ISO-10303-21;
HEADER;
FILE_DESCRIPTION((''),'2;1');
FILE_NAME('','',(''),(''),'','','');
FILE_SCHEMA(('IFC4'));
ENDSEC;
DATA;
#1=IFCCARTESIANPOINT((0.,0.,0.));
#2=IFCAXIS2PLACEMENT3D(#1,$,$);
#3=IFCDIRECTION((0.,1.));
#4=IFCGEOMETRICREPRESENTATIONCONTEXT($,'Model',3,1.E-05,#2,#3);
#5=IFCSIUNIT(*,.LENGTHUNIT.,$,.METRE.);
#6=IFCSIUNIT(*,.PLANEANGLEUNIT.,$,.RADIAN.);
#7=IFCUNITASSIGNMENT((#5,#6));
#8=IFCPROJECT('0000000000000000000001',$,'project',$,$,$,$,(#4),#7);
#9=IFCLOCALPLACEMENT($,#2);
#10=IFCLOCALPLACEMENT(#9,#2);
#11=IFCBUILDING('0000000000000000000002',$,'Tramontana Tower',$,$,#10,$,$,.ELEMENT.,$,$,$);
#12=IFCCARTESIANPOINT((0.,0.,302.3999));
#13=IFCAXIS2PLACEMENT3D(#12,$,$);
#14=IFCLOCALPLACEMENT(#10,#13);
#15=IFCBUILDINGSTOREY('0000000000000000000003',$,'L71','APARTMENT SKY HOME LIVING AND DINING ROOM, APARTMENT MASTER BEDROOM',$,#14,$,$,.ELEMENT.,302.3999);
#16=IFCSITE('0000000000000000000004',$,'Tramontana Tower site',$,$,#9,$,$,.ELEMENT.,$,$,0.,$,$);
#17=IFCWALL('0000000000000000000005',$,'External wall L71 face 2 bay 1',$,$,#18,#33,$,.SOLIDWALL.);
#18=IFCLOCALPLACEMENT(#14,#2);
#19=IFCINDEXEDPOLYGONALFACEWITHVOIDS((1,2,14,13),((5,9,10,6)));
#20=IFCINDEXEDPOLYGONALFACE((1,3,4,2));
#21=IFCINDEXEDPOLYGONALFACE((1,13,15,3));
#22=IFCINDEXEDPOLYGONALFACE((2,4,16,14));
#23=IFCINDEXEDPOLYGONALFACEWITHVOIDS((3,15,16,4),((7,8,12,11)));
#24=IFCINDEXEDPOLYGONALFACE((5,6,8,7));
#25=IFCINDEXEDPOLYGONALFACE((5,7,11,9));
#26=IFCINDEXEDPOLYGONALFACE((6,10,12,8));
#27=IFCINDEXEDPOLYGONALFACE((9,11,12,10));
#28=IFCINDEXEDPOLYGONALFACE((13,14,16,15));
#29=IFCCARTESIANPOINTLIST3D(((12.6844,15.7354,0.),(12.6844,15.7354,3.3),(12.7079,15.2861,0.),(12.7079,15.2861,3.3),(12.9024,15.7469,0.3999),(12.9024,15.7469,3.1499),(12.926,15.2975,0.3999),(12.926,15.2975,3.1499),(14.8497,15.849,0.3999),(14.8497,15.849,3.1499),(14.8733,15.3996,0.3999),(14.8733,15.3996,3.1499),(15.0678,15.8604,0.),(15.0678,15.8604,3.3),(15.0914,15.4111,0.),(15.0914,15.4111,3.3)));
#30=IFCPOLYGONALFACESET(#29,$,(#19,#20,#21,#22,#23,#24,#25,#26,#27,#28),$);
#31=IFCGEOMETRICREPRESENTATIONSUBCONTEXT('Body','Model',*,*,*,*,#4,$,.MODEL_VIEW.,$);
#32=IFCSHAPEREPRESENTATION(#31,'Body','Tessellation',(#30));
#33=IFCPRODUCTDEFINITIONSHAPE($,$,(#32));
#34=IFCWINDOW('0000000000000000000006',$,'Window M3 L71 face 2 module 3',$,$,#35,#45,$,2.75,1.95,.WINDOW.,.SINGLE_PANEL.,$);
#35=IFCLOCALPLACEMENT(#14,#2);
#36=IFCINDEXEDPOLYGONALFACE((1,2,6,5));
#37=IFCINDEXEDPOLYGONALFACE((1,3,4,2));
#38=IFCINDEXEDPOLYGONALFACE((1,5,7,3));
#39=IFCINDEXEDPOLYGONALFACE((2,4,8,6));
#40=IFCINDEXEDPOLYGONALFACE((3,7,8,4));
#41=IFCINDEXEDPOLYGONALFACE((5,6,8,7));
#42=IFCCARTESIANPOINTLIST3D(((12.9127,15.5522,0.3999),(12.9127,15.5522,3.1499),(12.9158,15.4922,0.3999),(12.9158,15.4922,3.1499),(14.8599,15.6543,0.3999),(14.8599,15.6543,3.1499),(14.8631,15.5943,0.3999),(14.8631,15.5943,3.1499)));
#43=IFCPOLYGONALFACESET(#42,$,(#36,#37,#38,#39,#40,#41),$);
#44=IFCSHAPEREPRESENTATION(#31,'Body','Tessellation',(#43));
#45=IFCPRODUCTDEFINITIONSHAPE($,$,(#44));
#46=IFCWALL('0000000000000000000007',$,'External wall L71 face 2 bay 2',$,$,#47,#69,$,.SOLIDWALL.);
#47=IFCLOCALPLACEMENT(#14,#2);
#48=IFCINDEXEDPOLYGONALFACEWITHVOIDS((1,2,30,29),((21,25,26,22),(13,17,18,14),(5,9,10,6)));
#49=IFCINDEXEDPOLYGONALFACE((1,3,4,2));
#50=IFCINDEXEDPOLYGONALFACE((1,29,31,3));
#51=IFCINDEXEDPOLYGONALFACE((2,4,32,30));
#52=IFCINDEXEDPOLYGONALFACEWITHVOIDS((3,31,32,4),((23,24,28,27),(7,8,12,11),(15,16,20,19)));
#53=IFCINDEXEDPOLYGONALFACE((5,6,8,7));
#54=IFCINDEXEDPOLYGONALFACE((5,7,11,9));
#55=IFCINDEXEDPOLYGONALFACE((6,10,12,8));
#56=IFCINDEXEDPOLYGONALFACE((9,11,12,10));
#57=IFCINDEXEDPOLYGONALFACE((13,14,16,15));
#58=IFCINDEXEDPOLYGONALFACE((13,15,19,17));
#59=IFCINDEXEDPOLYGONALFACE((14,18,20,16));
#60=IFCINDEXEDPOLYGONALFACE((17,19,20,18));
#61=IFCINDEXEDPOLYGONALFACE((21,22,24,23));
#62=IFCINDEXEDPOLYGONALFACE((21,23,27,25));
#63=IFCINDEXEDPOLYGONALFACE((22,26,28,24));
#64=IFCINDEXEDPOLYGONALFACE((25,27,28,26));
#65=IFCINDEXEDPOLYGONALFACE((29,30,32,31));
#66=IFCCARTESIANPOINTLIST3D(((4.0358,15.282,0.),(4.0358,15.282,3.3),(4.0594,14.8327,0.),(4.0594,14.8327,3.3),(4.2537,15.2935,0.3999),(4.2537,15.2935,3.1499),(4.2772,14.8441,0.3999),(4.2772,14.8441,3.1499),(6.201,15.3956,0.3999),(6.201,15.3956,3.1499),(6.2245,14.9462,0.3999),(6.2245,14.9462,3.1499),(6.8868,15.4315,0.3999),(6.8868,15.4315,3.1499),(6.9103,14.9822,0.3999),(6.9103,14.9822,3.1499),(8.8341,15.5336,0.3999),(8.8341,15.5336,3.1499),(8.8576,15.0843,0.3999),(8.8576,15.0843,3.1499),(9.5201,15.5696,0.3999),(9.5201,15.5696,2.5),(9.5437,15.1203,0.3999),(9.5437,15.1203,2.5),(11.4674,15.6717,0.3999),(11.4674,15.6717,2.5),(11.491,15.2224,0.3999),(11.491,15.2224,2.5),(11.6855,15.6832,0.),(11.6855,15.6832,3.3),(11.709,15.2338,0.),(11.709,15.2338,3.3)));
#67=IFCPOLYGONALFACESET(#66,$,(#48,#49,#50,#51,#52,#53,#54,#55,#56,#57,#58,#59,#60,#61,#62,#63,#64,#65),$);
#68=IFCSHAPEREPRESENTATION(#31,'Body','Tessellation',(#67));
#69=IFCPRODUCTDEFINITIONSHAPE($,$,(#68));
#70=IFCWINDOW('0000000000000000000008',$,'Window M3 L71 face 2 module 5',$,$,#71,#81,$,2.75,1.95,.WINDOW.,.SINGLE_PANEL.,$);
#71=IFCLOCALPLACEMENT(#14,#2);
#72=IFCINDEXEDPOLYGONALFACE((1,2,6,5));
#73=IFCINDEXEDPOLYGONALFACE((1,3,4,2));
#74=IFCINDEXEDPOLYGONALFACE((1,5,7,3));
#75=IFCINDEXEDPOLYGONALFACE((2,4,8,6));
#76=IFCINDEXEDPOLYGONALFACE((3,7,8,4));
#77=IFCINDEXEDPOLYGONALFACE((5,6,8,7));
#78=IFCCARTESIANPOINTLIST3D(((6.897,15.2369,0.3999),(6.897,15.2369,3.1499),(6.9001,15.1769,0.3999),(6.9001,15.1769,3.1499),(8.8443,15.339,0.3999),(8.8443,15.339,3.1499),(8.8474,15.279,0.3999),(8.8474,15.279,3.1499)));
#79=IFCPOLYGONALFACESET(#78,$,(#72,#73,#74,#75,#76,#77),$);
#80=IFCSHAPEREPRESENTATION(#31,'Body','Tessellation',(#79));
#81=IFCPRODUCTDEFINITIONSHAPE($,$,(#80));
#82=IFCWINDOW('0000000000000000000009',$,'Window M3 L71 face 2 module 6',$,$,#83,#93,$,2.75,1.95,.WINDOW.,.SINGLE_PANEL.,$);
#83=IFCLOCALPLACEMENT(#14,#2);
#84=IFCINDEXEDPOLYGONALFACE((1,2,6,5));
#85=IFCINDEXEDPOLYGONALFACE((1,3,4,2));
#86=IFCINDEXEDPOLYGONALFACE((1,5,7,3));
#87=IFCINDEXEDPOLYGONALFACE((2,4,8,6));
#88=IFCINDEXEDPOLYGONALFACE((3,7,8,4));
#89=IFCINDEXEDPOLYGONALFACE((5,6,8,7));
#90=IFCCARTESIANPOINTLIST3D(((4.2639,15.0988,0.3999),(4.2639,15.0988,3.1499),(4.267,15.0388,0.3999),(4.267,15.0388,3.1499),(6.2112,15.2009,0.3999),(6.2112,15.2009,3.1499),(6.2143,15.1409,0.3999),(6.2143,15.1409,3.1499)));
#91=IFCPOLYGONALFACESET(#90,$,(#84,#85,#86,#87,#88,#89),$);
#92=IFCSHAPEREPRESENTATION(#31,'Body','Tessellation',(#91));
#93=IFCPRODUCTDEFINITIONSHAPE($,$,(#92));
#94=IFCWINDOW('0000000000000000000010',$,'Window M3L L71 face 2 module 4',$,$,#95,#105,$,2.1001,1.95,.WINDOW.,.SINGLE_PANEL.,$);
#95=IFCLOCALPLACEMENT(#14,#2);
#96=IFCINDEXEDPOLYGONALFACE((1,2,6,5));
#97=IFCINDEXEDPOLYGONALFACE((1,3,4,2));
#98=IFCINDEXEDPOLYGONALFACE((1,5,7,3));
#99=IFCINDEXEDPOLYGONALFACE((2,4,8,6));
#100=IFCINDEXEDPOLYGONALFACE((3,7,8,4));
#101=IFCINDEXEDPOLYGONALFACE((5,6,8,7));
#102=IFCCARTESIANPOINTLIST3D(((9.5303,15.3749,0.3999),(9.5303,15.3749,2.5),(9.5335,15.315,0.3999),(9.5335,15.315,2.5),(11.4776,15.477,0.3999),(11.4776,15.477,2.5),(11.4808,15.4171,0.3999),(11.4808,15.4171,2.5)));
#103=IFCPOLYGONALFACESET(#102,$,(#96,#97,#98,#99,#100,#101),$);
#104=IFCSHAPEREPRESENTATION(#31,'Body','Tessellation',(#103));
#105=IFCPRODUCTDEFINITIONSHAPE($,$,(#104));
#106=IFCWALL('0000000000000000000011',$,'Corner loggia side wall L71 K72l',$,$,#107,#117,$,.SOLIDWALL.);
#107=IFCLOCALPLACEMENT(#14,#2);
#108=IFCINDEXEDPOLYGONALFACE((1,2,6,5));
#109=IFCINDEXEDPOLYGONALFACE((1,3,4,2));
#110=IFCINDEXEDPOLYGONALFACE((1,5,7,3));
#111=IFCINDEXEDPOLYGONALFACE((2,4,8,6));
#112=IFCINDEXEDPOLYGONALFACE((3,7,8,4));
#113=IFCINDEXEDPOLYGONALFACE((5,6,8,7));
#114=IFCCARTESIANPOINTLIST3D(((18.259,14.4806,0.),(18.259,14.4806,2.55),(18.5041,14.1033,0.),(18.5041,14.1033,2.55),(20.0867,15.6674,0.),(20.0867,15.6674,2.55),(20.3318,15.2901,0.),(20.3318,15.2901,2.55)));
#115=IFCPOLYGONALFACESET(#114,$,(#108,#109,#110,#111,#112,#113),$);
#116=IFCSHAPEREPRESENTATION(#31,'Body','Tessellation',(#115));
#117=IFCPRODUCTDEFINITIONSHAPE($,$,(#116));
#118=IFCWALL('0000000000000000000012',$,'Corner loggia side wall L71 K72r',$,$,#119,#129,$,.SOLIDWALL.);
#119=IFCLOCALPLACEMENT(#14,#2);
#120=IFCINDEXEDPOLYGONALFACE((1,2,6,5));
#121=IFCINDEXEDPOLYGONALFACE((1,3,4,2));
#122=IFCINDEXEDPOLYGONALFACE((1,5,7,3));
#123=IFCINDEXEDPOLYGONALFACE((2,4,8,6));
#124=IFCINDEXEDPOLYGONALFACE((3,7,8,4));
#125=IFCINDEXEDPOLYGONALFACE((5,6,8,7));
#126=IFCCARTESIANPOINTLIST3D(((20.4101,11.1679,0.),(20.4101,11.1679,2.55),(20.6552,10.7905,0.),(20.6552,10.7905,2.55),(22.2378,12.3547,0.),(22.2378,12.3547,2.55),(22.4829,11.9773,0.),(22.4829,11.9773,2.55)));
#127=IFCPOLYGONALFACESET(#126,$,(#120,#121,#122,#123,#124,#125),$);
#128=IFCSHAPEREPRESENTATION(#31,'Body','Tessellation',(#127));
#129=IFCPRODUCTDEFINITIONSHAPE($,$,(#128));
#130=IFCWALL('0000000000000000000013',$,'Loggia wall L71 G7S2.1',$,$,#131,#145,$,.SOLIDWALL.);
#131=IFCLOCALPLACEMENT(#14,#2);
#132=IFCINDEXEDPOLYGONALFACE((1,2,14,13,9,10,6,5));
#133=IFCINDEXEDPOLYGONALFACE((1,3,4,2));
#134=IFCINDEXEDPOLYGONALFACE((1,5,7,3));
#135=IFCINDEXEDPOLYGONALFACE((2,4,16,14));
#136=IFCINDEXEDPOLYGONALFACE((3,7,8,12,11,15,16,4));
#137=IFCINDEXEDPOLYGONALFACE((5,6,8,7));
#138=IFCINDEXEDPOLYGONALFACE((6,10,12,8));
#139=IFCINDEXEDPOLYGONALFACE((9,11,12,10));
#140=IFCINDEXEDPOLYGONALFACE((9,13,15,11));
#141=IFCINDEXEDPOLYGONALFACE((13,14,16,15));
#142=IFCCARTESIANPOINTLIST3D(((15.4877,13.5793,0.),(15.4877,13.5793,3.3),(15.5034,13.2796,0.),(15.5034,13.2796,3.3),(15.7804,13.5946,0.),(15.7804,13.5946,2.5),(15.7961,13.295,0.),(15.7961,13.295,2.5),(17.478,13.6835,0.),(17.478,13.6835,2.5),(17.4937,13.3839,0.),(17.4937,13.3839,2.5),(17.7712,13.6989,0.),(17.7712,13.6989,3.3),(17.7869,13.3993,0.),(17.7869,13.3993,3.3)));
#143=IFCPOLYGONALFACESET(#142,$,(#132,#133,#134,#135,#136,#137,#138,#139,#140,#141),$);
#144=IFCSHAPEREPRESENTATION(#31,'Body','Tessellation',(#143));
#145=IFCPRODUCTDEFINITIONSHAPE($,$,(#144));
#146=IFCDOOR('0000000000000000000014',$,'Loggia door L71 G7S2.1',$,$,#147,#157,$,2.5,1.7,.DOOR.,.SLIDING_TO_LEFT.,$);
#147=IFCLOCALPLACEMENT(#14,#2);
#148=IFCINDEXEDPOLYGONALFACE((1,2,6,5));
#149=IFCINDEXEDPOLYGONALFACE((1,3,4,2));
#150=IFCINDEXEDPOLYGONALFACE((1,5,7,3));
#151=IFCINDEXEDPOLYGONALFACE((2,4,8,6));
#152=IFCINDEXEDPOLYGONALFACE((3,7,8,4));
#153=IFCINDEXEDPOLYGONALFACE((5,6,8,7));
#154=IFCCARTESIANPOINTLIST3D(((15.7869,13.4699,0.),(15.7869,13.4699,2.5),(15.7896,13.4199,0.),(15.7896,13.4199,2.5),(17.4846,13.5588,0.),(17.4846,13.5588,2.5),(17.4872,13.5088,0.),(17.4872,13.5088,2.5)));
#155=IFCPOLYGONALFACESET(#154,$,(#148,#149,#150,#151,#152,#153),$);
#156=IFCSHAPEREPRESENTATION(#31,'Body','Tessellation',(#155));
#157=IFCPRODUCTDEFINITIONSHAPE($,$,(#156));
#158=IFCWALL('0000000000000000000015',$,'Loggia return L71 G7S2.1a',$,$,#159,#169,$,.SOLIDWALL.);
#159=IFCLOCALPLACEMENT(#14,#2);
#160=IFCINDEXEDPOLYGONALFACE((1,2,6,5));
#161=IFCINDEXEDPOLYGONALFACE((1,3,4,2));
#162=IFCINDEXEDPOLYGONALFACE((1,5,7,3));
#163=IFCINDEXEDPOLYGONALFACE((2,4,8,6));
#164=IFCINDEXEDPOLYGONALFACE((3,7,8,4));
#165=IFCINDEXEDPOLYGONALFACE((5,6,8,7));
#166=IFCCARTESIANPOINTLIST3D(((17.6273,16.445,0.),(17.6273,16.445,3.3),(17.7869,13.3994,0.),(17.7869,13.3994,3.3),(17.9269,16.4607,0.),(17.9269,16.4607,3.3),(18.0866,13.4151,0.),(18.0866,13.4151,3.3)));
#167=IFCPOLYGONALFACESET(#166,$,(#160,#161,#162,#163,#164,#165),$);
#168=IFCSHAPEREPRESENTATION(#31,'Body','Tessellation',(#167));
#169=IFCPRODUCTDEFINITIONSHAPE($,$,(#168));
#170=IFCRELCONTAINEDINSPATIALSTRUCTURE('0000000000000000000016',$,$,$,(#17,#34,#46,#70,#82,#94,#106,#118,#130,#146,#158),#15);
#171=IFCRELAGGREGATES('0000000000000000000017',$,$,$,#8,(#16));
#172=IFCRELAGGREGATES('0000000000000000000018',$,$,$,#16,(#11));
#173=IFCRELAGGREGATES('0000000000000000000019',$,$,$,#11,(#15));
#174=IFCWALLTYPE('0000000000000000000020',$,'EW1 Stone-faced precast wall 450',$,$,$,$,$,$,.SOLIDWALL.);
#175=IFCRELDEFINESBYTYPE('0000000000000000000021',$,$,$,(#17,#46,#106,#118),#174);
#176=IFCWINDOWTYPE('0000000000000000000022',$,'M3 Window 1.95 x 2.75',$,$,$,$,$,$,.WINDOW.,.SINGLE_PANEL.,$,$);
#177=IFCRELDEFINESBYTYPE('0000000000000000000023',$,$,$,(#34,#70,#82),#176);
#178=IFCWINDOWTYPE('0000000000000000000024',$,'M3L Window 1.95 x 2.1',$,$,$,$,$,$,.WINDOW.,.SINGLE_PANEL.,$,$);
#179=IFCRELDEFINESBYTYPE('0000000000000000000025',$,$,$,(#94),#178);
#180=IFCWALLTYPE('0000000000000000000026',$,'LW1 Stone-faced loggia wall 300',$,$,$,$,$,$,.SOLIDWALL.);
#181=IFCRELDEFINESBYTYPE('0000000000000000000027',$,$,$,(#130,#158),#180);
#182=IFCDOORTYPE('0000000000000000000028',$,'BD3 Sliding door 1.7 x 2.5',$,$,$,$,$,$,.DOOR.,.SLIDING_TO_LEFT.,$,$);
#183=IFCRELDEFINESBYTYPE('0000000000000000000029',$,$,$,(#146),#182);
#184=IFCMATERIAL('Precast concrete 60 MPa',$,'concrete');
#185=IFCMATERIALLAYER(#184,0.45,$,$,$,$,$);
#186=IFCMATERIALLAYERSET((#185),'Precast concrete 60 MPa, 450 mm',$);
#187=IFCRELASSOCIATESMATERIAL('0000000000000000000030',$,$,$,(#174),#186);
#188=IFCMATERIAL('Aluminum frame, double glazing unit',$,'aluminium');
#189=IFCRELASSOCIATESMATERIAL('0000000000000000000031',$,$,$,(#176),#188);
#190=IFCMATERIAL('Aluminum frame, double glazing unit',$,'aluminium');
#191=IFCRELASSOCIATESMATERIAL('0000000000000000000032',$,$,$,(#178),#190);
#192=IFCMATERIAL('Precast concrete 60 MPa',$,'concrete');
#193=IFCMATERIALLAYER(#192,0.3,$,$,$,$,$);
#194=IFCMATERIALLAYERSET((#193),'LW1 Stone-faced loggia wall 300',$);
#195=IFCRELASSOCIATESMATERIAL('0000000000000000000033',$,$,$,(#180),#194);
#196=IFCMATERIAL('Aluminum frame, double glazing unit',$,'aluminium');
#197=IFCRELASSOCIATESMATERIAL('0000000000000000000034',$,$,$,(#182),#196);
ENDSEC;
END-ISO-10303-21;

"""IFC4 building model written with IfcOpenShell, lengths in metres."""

from ifc_helpers import new_model, si_unit, direction, frame, frame_2d, origin, place, context, subcontext, project, spatial, rectangle, extrude, material, layer, layer_set, type_object, element, fill, save


model = new_model("IFC4")

# Units and contexts
model_context = context("Model", 3, precision=1e-05, world=origin(), true_north=direction((0.0, 1.0)))
body_context = subcontext(model_context, "Body", "Model", "MODEL_VIEW")
ifc_project = project(units=[si_unit("LENGTHUNIT", "METRE"), si_unit("PLANEANGLEUNIT", "RADIAN")], contexts=[model_context])

# Site, building, storey
site_placement = place(None, origin())
site = spatial("IfcSite", under=ifc_project, at=site_placement, Name="Tramontana Tower site", CompositionType="ELEMENT", RefElevation=0.0)
building_placement = place(site_placement, origin())
building = spatial("IfcBuilding", under=site, at=building_placement, Name="Tramontana Tower", CompositionType="ELEMENT")
storey_placement = place(building_placement, frame((0.0, 0.0, 302.3999)))
storey = spatial("IfcBuildingStorey", under=building, at=storey_placement, Name="L71", Description="APARTMENT SKY HOME LIVING AND DINING ROOM, APARTMENT MASTER BEDROOM", CompositionType="ELEMENT", Elevation=302.3999)

# Wall, opening, window
ifc_material_1 = material(Name="Precast concrete 60 MPa", Category="concrete")
ifc_layer_1 = layer(ifc_material_1, 0.45)
ifc_layer_set_1 = layer_set([ifc_layer_1], Name="Precast concrete 60 MPa, 450 mm")
wall_type_1 = type_object("IfcWallType", Name="EW1 Stone-faced precast wall 450", PredefinedType="SOLIDWALL", material=ifc_layer_set_1)
wall_1_placement = place(storey_placement, frame((15.0796, 15.6357, 0.0), z_axis=(0.0, 0.0, 1.0), x_axis=(-0.998628, -0.052371, 0.0)))
wall_1 = element("IfcWall", 1, at=wall_1_placement, inside=storey, type_object=wall_type_1, Name="External wall L71 face 2 bay 1", PredefinedType="SOLIDWALL", context=body_context, shape_type="SweptSolid", body=[
    extrude(rectangle(XDim=2.3867, YDim=0.45, at=frame_2d((1.1934, 0.0))), origin(), (0.0, 0.0, 1.0), 3.3),
])
opening_1_placement = place(wall_1_placement, frame((0.2183, 0.0, 0.3999)))
opening_1 = element("IfcOpeningElement", 2, at=opening_1_placement, cuts=wall_1, PredefinedType="OPENING", context=body_context, shape_type="SweptSolid", body=[
    extrude(rectangle(XDim=1.95, YDim=2.75, at=frame_2d((0.9751, 1.375))), frame((0.0, 0.2349, 0.0), z_axis=(0.0, -1.0, 0.0), x_axis=(1.0, 0.0, 0.0)), (0.0, 0.0, 1.0), 0.47),
])
ifc_material_2 = material(Name="Aluminum frame, double glazing unit", Category="aluminium")
window_type_1 = type_object("IfcWindowType", Name="M3 Window 1.95 x 2.75", PartitioningType="SINGLE_PANEL", PredefinedType="WINDOW", material=ifc_material_2)
window_1_placement = place(opening_1_placement, origin())
window_1 = element("IfcWindow", 3, at=window_1_placement, inside=storey, type_object=window_type_1, Name="Window M3 L71 face 2 module 3", OverallHeight=2.75, OverallWidth=1.95, PartitioningType="SINGLE_PANEL", PredefinedType="WINDOW", context=body_context, shape_type="SweptSolid", body=[
    extrude(rectangle(XDim=1.95, YDim=2.75, at=frame_2d((0.9751, 1.375))), frame((0.0, 0.03, 0.0), z_axis=(0.0, -1.0, 0.0), x_axis=(1.0, 0.0, 0.0)), (0.0, 0.0, 1.0), 0.0601),
])
fill(opening_1, window_1)

# Wall, openings, windows
wall_2_placement = place(storey_placement, frame((11.6973, 15.4585, 0.0), z_axis=(0.0, 0.0, 1.0), x_axis=(-0.998628, -0.052365, 0.0)))
wall_2 = element("IfcWall", 4, at=wall_2_placement, inside=storey, type_object=wall_type_1, Name="External wall L71 face 2 bay 2", PredefinedType="SOLIDWALL", context=body_context, shape_type="SweptSolid", body=[
    extrude(rectangle(XDim=7.6602, YDim=0.45, at=frame_2d((3.8301, 0.0))), origin(), (0.0, 0.0, 1.0), 3.3),
])
opening_2_placement = place(wall_2_placement, frame((0.2183, 0.0, 0.3999)))
opening_2 = element("IfcOpeningElement", 5, at=opening_2_placement, cuts=wall_2, PredefinedType="OPENING", context=body_context, shape_type="SweptSolid", body=[
    extrude(rectangle(XDim=1.95, YDim=2.1001, at=frame_2d((0.9751, 1.05))), frame((0.0, 0.2349, 0.0), z_axis=(0.0, -1.0, 0.0), x_axis=(1.0, 0.0, 0.0)), (0.0, 0.0, 1.0), 0.47),
])
opening_3_placement = place(wall_2_placement, frame((2.8552, 0.0, 0.3999)))
opening_3 = element("IfcOpeningElement", 6, at=opening_3_placement, cuts=wall_2, PredefinedType="OPENING", context=body_context, shape_type="SweptSolid", body=[
    extrude(rectangle(XDim=1.95, YDim=2.75, at=frame_2d((0.9751, 1.375))), frame((0.0, 0.2349, 0.0), z_axis=(0.0, -1.0, 0.0), x_axis=(1.0, 0.0, 0.0)), (0.0, 0.0, 1.0), 0.47),
])
opening_4_placement = place(wall_2_placement, frame((5.4919, 0.0, 0.3999)))
opening_4 = element("IfcOpeningElement", 7, at=opening_4_placement, cuts=wall_2, PredefinedType="OPENING", context=body_context, shape_type="SweptSolid", body=[
    extrude(rectangle(XDim=1.95, YDim=2.75, at=frame_2d((0.9751, 1.375))), frame((0.0, 0.2349, 0.0), z_axis=(0.0, -1.0, 0.0), x_axis=(1.0, 0.0, 0.0)), (0.0, 0.0, 1.0), 0.47),
])
window_2_placement = place(opening_3_placement, origin())
window_2 = element("IfcWindow", 8, at=window_2_placement, inside=storey, type_object=window_type_1, Name="Window M3 L71 face 2 module 5", OverallHeight=2.75, OverallWidth=1.95, PartitioningType="SINGLE_PANEL", PredefinedType="WINDOW", context=body_context, shape_type="SweptSolid", body=[
    extrude(rectangle(XDim=1.95, YDim=2.75, at=frame_2d((0.9751, 1.375))), frame((0.0, 0.03, 0.0), z_axis=(0.0, -1.0, 0.0), x_axis=(1.0, 0.0, 0.0)), (0.0, 0.0, 1.0), 0.0601),
])
fill(opening_3, window_2)
window_3_placement = place(opening_4_placement, origin())
window_3 = element("IfcWindow", 9, at=window_3_placement, inside=storey, type_object=window_type_1, Name="Window M3 L71 face 2 module 6", OverallHeight=2.75, OverallWidth=1.95, PartitioningType="SINGLE_PANEL", PredefinedType="WINDOW", context=body_context, shape_type="SweptSolid", body=[
    extrude(rectangle(XDim=1.95, YDim=2.75, at=frame_2d((0.9751, 1.375))), frame((0.0, 0.03, 0.0), z_axis=(0.0, -1.0, 0.0), x_axis=(1.0, 0.0, 0.0)), (0.0, 0.0, 1.0), 0.0601),
])
fill(opening_4, window_3)
ifc_material_3 = material(Name="Aluminum frame, double glazing unit", Category="aluminium")
window_type_2 = type_object("IfcWindowType", Name="M3L Window 1.95 x 2.1", PartitioningType="SINGLE_PANEL", PredefinedType="WINDOW", material=ifc_material_3)
window_4_placement = place(opening_2_placement, origin())
window_4 = element("IfcWindow", 10, at=window_4_placement, inside=storey, type_object=window_type_2, Name="Window M3L L71 face 2 module 4", OverallHeight=2.1001, OverallWidth=1.95, PartitioningType="SINGLE_PANEL", PredefinedType="WINDOW", context=body_context, shape_type="SweptSolid", body=[
    extrude(rectangle(XDim=1.95, YDim=2.1001, at=frame_2d((0.9751, 1.05))), frame((0.0, 0.03, 0.0), z_axis=(0.0, -1.0, 0.0), x_axis=(1.0, 0.0, 0.0)), (0.0, 0.0, 1.0), 0.0601),
])
fill(opening_2, window_4)

# Walls
for number, where, z_axis, x_axis, name in (
    (11, (20.2092, 15.4788, 0.0), (0.0, 0.0, 1.0), (-0.838694, -0.544602, 0.0), "Corner loggia side wall L71 K72l"),
    (12, (22.3604, 12.166, 0.0), (0.0, 0.0, 1.0), (-0.838694, -0.544602, 0.0), "Corner loggia side wall L71 K72r"),
):
    element("IfcWall", number, at=place(storey_placement, frame(where, z_axis=z_axis, x_axis=x_axis)), inside=storey, type_object=wall_type_1, Name=name, PredefinedType="SOLIDWALL", context=body_context, shape_type="SweptSolid", body=[
        extrude(rectangle(XDim=2.1792, YDim=0.45, at=frame_2d((1.0896, 0.0))), origin(), (0.0, 0.0, 1.0), 2.55),
    ])

# Wall, opening, door
ifc_material_4 = material(Name="Precast concrete 60 MPa", Category="concrete")
ifc_layer_2 = layer(ifc_material_4, 0.3)
ifc_layer_set_2 = layer_set([ifc_layer_2], Name="LW1 Stone-faced loggia wall 300")
wall_type_2 = type_object("IfcWallType", Name="LW1 Stone-faced loggia wall 300", PredefinedType="SOLIDWALL", material=ifc_layer_set_2)
wall_3_placement = place(storey_placement, frame((17.7791, 13.5491, 0.0), z_axis=(0.0, 0.0, 1.0), x_axis=(-0.99863, -0.052318, 0.0)))
wall_3 = element("IfcWall", 13, at=wall_3_placement, inside=storey, type_object=wall_type_2, Name="Loggia wall L71 G7S2.1", PredefinedType="SOLIDWALL", context=body_context, shape_type="SweptSolid", body=[
    extrude(rectangle(XDim=2.2866, YDim=0.3, at=frame_2d((1.1433, 0.0))), origin(), (0.0, 0.0, 1.0), 3.3),
])
opening_5_placement = place(wall_3_placement, frame((0.2935, 0.0, 0.0)))
opening_5 = element("IfcOpeningElement", 14, at=opening_5_placement, cuts=wall_3, PredefinedType="OPENING", context=body_context, shape_type="SweptSolid", body=[
    extrude(rectangle(XDim=1.7, YDim=2.5, at=frame_2d((0.8501, 1.25))), frame((0.0, 0.1599, 0.0), z_axis=(0.0, -1.0, 0.0), x_axis=(1.0, 0.0, 0.0)), (0.0, 0.0, 1.0), 0.3201),
])
ifc_material_5 = material(Name="Aluminum frame, double glazing unit", Category="aluminium")
door_type_1 = type_object("IfcDoorType", Name="BD3 Sliding door 1.7 x 2.5", OperationType="SLIDING_TO_LEFT", PredefinedType="DOOR", material=ifc_material_5)
door_1_placement = place(opening_5_placement, origin())
door_1 = element("IfcDoor", 15, at=door_1_placement, inside=storey, type_object=door_type_1, Name="Loggia door L71 G7S2.1", OperationType="SLIDING_TO_LEFT", OverallHeight=2.5, OverallWidth=1.7, PredefinedType="DOOR", context=body_context, shape_type="SweptSolid", body=[
    extrude(rectangle(XDim=1.7, YDim=2.5, at=frame_2d((0.8501, 1.25))), frame((0.0, 0.0249, 0.0), z_axis=(0.0, -1.0, 0.0), x_axis=(1.0, 0.0, 0.0)), (0.0, 0.0, 1.0), 0.05),
])
fill(opening_5, door_1)

# Wall
wall_4_placement = place(storey_placement, frame((17.7771, 16.4529, 0.0), z_axis=(0.0, 0.0, 1.0), x_axis=(0.052353, -0.998629, 0.0)))
element("IfcWall", 16, at=wall_4_placement, inside=storey, type_object=wall_type_2, Name="Loggia return L71 G7S2.1a", PredefinedType="SOLIDWALL", context=body_context, shape_type="SweptSolid", body=[
    extrude(rectangle(XDim=3.0498, YDim=0.3, at=frame_2d((1.5249, 0.0))), origin(), (0.0, 0.0, 1.0), 3.3),
])

save(model, "model.ifc")
